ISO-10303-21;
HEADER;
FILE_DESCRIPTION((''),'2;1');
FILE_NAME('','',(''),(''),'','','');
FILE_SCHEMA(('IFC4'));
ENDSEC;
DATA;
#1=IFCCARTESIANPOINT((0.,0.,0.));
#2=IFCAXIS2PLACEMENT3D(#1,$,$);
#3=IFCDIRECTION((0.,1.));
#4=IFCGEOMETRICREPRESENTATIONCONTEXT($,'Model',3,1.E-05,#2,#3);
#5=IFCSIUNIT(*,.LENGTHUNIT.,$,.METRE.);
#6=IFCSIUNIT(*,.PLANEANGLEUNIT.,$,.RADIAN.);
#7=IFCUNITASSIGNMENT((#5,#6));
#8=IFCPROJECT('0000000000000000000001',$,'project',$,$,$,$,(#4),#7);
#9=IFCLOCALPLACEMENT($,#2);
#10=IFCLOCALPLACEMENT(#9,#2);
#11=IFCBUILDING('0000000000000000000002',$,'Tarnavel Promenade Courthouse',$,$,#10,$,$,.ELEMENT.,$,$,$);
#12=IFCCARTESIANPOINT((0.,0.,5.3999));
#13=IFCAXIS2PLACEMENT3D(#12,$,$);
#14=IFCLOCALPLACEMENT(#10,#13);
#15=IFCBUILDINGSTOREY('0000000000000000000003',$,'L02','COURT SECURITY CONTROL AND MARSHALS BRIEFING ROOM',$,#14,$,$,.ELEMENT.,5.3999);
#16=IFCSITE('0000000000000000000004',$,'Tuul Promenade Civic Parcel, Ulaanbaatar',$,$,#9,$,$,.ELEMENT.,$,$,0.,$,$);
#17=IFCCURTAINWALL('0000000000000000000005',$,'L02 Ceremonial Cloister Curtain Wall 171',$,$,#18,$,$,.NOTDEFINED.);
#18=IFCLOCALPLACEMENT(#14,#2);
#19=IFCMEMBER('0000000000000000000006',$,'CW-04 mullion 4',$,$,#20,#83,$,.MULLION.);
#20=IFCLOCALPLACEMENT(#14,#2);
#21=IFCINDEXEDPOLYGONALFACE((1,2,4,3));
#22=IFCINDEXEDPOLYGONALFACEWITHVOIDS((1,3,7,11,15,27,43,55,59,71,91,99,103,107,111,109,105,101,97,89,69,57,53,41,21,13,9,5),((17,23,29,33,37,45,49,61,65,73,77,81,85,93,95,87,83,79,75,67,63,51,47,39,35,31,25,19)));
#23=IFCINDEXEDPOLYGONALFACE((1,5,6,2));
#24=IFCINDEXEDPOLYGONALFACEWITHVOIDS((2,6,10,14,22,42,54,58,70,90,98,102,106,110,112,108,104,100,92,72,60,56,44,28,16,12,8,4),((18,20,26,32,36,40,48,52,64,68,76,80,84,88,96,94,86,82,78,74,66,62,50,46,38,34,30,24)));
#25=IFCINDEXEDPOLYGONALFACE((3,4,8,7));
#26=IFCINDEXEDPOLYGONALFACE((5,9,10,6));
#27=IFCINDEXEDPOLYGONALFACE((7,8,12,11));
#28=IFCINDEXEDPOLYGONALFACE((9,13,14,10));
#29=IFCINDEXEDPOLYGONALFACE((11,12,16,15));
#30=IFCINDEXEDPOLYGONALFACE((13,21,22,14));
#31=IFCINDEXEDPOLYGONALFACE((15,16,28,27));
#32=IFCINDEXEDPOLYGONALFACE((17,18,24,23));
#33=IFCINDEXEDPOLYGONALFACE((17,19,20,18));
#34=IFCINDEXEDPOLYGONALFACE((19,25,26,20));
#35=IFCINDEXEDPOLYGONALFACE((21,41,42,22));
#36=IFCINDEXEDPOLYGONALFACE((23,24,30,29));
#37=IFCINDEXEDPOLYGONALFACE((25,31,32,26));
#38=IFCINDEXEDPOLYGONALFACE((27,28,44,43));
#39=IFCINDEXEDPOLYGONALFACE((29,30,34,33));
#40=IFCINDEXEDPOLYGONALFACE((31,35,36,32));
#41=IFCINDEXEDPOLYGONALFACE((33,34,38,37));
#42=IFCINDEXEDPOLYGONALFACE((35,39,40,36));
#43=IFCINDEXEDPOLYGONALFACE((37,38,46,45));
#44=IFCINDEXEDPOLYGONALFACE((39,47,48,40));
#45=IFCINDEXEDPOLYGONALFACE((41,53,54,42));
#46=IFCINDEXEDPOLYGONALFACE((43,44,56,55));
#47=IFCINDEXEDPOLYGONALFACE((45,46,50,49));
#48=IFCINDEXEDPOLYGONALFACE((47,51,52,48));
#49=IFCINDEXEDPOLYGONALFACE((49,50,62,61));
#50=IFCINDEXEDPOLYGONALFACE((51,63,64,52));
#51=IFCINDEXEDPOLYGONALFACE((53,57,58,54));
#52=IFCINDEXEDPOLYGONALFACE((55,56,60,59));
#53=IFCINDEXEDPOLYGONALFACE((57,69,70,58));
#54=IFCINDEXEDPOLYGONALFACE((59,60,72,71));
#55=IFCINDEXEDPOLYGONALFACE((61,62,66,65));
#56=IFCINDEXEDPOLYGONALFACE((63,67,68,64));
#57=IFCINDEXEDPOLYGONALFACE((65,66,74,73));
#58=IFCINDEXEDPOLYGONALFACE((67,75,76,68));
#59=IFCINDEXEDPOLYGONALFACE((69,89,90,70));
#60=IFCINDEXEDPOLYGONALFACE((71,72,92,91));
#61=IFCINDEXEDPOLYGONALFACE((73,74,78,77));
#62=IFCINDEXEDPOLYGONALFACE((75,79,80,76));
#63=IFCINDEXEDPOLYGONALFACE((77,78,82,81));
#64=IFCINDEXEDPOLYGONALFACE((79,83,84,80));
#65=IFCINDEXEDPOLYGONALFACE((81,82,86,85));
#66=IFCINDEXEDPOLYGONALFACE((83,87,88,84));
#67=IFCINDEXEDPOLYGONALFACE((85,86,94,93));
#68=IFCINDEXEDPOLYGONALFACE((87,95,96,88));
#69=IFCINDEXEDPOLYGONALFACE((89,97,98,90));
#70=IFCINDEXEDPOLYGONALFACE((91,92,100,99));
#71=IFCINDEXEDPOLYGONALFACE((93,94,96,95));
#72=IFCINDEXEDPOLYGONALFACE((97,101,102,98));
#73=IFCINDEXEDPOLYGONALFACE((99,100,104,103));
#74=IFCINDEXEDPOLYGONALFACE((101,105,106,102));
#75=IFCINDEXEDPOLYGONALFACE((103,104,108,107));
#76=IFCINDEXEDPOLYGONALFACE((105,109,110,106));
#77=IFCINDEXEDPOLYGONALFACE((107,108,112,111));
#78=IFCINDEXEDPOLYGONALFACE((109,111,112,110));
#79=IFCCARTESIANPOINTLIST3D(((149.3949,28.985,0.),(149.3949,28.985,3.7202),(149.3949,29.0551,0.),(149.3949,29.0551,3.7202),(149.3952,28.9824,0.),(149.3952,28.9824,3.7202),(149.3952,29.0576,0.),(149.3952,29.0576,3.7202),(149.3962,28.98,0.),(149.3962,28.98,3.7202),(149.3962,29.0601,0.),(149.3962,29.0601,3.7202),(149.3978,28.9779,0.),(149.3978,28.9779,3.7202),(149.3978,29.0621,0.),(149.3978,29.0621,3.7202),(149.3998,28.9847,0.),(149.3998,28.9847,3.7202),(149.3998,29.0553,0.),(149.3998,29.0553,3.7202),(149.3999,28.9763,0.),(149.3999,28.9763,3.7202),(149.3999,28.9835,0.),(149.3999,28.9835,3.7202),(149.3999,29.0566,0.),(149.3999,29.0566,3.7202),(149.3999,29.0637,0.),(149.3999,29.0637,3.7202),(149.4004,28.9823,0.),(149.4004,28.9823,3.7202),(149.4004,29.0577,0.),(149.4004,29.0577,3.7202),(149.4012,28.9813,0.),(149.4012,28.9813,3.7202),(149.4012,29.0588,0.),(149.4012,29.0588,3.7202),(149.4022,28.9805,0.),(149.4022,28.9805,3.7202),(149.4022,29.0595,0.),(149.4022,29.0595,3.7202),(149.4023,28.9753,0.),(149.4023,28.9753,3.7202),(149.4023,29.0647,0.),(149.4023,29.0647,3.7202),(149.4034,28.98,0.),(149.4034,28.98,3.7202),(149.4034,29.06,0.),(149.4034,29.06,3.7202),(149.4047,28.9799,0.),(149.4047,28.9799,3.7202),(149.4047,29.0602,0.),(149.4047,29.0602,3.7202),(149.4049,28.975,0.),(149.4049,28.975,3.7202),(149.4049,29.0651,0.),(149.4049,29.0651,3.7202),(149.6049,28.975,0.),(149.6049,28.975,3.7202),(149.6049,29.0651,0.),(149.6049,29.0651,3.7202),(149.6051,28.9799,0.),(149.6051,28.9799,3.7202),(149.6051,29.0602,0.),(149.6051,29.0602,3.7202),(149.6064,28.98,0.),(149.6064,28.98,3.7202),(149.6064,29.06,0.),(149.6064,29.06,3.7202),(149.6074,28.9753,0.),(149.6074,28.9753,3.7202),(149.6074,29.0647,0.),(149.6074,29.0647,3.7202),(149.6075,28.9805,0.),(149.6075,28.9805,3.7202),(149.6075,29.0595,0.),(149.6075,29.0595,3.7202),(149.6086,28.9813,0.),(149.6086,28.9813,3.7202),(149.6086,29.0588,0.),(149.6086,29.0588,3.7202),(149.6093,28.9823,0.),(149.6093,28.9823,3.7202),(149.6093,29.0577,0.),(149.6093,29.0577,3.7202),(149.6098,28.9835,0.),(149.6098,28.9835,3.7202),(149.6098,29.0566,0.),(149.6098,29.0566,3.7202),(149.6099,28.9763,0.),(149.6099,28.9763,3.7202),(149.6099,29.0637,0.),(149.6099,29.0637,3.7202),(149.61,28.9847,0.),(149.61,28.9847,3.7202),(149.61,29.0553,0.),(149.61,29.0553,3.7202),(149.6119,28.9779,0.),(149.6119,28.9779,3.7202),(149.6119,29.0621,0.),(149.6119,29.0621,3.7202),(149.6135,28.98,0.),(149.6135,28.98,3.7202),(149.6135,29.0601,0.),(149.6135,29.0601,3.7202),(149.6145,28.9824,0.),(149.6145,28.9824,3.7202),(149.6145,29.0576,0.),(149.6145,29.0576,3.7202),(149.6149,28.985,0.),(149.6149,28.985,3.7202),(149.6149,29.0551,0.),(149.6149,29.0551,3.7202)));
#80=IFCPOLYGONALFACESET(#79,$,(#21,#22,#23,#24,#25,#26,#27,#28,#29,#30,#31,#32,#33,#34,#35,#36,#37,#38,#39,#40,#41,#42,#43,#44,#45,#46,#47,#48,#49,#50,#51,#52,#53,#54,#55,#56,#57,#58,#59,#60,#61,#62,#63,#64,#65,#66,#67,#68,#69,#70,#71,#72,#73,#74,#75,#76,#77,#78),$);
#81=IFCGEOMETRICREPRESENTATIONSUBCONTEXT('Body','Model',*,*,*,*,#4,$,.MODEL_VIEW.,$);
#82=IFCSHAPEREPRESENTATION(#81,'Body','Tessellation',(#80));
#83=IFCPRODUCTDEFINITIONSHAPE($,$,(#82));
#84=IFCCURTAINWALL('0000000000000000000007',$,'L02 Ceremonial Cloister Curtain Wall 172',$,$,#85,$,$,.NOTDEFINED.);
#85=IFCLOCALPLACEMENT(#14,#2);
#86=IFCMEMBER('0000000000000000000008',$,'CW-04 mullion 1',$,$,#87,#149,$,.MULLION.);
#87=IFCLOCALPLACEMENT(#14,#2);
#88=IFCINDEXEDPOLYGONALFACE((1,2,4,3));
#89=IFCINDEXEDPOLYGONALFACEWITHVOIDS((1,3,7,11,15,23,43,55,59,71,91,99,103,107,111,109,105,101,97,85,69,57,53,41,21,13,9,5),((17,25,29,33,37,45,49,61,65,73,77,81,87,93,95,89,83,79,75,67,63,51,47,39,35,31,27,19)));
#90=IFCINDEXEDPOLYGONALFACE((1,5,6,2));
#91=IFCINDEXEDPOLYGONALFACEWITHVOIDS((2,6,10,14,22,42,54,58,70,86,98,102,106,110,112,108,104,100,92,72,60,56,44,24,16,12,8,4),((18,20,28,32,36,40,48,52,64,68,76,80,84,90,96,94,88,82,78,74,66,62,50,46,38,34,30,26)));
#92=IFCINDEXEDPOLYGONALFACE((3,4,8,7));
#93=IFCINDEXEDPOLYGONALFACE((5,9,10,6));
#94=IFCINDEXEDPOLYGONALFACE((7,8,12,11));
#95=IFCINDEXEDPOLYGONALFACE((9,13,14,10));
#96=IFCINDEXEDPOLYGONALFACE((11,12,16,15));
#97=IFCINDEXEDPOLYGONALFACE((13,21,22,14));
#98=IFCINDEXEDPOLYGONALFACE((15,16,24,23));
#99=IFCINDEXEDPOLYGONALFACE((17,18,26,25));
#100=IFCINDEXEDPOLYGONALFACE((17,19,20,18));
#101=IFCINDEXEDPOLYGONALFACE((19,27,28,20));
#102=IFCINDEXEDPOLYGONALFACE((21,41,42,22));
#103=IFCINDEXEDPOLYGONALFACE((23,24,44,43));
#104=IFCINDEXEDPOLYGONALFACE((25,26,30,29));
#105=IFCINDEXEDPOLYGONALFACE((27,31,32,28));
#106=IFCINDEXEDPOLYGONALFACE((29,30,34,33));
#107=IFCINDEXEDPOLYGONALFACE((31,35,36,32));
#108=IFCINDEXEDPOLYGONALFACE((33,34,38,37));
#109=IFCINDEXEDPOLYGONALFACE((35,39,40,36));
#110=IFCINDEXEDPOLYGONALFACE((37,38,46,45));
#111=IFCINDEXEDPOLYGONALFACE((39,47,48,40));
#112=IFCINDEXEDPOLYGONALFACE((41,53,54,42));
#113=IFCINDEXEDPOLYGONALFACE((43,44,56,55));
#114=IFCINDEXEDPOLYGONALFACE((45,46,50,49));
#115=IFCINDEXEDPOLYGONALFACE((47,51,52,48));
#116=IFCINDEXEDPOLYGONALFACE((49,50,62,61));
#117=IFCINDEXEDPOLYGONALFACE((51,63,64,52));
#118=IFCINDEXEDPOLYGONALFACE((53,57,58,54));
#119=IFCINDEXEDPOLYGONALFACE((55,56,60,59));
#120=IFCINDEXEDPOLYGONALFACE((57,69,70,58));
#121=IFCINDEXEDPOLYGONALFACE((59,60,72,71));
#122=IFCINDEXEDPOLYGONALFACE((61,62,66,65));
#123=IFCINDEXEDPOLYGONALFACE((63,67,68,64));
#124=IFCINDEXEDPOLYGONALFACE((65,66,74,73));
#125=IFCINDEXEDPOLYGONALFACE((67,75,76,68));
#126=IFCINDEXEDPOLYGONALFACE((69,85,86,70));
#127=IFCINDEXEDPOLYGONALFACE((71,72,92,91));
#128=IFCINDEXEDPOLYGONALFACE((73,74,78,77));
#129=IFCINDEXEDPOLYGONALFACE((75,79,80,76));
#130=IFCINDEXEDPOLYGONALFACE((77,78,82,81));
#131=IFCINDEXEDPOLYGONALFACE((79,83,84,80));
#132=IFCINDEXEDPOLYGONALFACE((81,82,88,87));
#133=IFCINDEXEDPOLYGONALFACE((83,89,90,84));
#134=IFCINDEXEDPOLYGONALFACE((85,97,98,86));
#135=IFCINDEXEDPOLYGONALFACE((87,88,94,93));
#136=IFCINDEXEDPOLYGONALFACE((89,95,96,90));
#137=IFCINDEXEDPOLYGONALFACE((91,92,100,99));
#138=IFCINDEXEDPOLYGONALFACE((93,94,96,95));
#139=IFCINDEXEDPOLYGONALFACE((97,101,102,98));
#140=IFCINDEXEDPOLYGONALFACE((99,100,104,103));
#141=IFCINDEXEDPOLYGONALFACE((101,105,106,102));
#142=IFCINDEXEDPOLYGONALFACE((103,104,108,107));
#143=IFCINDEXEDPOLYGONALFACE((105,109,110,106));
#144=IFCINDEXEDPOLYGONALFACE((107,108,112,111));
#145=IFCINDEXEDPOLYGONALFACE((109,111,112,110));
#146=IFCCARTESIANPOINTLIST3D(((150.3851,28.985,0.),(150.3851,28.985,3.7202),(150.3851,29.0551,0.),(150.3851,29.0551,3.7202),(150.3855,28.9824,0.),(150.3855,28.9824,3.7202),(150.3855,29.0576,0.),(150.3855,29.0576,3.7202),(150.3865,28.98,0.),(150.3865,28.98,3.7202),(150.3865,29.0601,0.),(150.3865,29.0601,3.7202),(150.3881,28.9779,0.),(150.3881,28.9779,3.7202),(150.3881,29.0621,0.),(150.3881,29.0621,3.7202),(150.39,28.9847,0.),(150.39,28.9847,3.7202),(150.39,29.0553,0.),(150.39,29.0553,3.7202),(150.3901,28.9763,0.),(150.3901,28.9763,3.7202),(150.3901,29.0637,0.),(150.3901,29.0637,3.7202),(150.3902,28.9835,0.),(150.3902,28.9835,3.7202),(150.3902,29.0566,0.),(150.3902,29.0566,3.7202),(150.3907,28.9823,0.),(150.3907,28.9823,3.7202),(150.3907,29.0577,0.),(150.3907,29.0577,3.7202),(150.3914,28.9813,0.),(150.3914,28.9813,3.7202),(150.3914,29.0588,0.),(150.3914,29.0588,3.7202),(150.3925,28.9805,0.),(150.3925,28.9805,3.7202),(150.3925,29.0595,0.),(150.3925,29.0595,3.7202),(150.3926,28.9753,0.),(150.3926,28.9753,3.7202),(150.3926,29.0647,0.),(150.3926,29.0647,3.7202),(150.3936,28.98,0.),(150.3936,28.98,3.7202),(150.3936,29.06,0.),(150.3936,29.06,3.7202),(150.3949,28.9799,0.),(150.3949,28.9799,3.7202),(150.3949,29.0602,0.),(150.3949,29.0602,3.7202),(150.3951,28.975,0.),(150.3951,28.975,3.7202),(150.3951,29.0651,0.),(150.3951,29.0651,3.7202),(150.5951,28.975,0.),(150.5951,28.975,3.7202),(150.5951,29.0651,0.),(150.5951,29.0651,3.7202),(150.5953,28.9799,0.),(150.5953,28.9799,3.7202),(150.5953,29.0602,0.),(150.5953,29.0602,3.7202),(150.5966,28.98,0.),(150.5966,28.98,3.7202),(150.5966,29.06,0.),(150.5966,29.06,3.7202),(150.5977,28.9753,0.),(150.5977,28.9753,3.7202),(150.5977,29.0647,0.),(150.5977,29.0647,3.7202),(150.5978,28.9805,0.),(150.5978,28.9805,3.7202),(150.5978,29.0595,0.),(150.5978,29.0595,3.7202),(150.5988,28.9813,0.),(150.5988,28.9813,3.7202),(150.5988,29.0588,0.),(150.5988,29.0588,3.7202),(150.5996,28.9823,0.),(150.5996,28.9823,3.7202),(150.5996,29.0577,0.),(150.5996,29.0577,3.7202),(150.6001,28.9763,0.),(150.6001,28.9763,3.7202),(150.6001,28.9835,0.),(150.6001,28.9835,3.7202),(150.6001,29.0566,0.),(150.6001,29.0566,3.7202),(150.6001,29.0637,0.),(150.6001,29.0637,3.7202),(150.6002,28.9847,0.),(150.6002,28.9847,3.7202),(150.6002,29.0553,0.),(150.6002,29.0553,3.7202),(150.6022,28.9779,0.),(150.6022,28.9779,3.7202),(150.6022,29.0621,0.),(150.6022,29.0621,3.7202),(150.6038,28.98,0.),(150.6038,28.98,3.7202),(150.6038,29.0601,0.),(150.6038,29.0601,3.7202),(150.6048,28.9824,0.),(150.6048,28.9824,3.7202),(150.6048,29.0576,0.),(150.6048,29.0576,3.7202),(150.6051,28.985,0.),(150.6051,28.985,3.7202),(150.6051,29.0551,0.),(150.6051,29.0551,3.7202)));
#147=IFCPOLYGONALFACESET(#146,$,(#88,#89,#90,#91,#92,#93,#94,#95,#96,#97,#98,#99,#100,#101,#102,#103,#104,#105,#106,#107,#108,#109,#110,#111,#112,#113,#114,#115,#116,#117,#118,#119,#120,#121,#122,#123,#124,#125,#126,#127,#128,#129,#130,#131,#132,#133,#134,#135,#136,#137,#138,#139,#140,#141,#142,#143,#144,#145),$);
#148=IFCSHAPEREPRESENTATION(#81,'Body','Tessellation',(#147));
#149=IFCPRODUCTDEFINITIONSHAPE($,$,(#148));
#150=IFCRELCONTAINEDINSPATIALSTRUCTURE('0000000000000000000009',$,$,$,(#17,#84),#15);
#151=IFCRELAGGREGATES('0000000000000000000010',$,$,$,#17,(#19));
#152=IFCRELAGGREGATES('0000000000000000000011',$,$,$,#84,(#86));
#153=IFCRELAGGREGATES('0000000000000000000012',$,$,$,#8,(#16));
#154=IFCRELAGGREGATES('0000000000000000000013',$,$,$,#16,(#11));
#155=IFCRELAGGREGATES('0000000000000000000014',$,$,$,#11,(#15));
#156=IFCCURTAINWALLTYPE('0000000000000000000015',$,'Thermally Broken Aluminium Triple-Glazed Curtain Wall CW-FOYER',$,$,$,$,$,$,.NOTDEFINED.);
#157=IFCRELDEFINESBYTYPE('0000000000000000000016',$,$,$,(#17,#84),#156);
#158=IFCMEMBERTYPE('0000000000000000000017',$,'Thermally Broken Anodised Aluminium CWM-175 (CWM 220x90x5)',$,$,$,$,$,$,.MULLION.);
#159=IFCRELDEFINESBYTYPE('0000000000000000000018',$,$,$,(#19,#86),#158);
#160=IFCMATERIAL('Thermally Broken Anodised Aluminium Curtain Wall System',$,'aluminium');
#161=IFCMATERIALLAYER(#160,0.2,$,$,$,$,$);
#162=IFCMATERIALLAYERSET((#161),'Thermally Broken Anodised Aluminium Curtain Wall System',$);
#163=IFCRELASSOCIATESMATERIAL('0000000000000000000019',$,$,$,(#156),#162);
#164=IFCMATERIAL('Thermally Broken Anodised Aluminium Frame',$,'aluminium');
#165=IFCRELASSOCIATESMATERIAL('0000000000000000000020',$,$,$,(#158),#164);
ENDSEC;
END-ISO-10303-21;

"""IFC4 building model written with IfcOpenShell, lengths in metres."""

from ifc_helpers import new_model, si_unit, direction, frame, origin, origin_2d, place, context, subcontext, project, spatial, hollow_rectangle, extrude, material, layer, layer_set, material_profile, profile_set, type_object, element, aggregate, save


model = new_model("IFC4")

# Units and contexts
model_context = context("Model", 3, precision=1e-05, world=origin(), true_north=direction((0.0, 1.0)))
body_context = subcontext(model_context, "Body", "Model", "MODEL_VIEW")
ifc_project = project(units=[si_unit("LENGTHUNIT", "METRE"), si_unit("PLANEANGLEUNIT", "RADIAN")], contexts=[model_context])

# Site, building, storey
site_placement = place(None, origin())
site = spatial("IfcSite", under=ifc_project, at=site_placement, Name="Tuul Promenade Civic Parcel, Ulaanbaatar", CompositionType="ELEMENT", RefElevation=0.0)
building_placement = place(site_placement, origin())
building = spatial("IfcBuilding", under=site, at=building_placement, Name="Tarnavel Promenade Courthouse", CompositionType="ELEMENT")
storey_placement = place(building_placement, frame((0.0, 0.0, 5.3999)))
storey = spatial("IfcBuildingStorey", under=building, at=storey_placement, Name="L02", Description="COURT SECURITY CONTROL AND MARSHALS BRIEFING ROOM", CompositionType="ELEMENT", Elevation=5.3999)

# Curtain walls, members
ifc_material_1 = material(Name="Thermally Broken Anodised Aluminium Curtain Wall System", Category="aluminium")
ifc_layer_1 = layer(ifc_material_1, 0.2)
ifc_layer_set_1 = layer_set([ifc_layer_1], Name="Thermally Broken Anodised Aluminium Curtain Wall System")
curtain_wall_type = type_object("IfcCurtainWallType", Name="Thermally Broken Aluminium Triple-Glazed Curtain Wall CW-FOYER", PredefinedType="NOTDEFINED", material=ifc_layer_set_1)
curtain_wall_1_placement = place(storey_placement, origin())
curtain_wall_1 = element("IfcCurtainWall", 1, at=curtain_wall_1_placement, inside=storey, type_object=curtain_wall_type, Name="L02 Ceremonial Cloister Curtain Wall 171", PredefinedType="NOTDEFINED")
ifc_material_2 = material(Name="Thermally Broken Anodised Aluminium Frame", Category="aluminium")
ifc_material_profile_1 = material_profile(ifc_material_2, hollow_rectangle(XDim=0.0901, YDim=0.22, WallThickness=0.0049, InnerFilletRadius=0.0049, OuterFilletRadius=0.01, at=origin_2d()), Name="CWM 220x90x5")
ifc_profile_set_1 = profile_set([ifc_material_profile_1], Name="Thermally Broken Anodised Aluminium Frame")
member_type_1 = type_object("IfcMemberType", Name="Thermally Broken Anodised Aluminium CWM-175 (CWM 220x90x5)", PredefinedType="MULLION", material=ifc_profile_set_1)
member_1_placement = place(storey_placement, frame((149.5049, 29.02, 0.0), z_axis=(0.0, 0.0, 1.0), x_axis=(0.0, 1.0, 0.0)))
member_1 = element("IfcMember", 2, at=member_1_placement, type_object=member_type_1, Name="CW-04 mullion 4", PredefinedType="MULLION", context=body_context, shape_type="SweptSolid", body=[
    extrude(hollow_rectangle(XDim=0.0901, YDim=0.22, WallThickness=0.0049, InnerFilletRadius=0.0049, OuterFilletRadius=0.01, at=origin_2d()), origin(), (0.0, 0.0, 1.0), 3.7202),
])
curtain_wall_2_placement = place(storey_placement, origin())
curtain_wall_2 = element("IfcCurtainWall", 3, at=curtain_wall_2_placement, inside=storey, type_object=curtain_wall_type, Name="L02 Ceremonial Cloister Curtain Wall 172", PredefinedType="NOTDEFINED")
member_2_placement = place(storey_placement, frame((150.4951, 29.02, 0.0), z_axis=(0.0, 0.0, 1.0), x_axis=(0.0, 1.0, 0.0)))
member_2 = element("IfcMember", 4, at=member_2_placement, type_object=member_type_1, Name="CW-04 mullion 1", PredefinedType="MULLION", context=body_context, shape_type="SweptSolid", body=[
    extrude(hollow_rectangle(XDim=0.0901, YDim=0.22, WallThickness=0.0049, InnerFilletRadius=0.0049, OuterFilletRadius=0.01, at=origin_2d()), origin(), (0.0, 0.0, 1.0), 3.7202),
])

aggregate(curtain_wall_1, [member_1])
aggregate(curtain_wall_2, [member_2])

save(model, "model.ifc")
